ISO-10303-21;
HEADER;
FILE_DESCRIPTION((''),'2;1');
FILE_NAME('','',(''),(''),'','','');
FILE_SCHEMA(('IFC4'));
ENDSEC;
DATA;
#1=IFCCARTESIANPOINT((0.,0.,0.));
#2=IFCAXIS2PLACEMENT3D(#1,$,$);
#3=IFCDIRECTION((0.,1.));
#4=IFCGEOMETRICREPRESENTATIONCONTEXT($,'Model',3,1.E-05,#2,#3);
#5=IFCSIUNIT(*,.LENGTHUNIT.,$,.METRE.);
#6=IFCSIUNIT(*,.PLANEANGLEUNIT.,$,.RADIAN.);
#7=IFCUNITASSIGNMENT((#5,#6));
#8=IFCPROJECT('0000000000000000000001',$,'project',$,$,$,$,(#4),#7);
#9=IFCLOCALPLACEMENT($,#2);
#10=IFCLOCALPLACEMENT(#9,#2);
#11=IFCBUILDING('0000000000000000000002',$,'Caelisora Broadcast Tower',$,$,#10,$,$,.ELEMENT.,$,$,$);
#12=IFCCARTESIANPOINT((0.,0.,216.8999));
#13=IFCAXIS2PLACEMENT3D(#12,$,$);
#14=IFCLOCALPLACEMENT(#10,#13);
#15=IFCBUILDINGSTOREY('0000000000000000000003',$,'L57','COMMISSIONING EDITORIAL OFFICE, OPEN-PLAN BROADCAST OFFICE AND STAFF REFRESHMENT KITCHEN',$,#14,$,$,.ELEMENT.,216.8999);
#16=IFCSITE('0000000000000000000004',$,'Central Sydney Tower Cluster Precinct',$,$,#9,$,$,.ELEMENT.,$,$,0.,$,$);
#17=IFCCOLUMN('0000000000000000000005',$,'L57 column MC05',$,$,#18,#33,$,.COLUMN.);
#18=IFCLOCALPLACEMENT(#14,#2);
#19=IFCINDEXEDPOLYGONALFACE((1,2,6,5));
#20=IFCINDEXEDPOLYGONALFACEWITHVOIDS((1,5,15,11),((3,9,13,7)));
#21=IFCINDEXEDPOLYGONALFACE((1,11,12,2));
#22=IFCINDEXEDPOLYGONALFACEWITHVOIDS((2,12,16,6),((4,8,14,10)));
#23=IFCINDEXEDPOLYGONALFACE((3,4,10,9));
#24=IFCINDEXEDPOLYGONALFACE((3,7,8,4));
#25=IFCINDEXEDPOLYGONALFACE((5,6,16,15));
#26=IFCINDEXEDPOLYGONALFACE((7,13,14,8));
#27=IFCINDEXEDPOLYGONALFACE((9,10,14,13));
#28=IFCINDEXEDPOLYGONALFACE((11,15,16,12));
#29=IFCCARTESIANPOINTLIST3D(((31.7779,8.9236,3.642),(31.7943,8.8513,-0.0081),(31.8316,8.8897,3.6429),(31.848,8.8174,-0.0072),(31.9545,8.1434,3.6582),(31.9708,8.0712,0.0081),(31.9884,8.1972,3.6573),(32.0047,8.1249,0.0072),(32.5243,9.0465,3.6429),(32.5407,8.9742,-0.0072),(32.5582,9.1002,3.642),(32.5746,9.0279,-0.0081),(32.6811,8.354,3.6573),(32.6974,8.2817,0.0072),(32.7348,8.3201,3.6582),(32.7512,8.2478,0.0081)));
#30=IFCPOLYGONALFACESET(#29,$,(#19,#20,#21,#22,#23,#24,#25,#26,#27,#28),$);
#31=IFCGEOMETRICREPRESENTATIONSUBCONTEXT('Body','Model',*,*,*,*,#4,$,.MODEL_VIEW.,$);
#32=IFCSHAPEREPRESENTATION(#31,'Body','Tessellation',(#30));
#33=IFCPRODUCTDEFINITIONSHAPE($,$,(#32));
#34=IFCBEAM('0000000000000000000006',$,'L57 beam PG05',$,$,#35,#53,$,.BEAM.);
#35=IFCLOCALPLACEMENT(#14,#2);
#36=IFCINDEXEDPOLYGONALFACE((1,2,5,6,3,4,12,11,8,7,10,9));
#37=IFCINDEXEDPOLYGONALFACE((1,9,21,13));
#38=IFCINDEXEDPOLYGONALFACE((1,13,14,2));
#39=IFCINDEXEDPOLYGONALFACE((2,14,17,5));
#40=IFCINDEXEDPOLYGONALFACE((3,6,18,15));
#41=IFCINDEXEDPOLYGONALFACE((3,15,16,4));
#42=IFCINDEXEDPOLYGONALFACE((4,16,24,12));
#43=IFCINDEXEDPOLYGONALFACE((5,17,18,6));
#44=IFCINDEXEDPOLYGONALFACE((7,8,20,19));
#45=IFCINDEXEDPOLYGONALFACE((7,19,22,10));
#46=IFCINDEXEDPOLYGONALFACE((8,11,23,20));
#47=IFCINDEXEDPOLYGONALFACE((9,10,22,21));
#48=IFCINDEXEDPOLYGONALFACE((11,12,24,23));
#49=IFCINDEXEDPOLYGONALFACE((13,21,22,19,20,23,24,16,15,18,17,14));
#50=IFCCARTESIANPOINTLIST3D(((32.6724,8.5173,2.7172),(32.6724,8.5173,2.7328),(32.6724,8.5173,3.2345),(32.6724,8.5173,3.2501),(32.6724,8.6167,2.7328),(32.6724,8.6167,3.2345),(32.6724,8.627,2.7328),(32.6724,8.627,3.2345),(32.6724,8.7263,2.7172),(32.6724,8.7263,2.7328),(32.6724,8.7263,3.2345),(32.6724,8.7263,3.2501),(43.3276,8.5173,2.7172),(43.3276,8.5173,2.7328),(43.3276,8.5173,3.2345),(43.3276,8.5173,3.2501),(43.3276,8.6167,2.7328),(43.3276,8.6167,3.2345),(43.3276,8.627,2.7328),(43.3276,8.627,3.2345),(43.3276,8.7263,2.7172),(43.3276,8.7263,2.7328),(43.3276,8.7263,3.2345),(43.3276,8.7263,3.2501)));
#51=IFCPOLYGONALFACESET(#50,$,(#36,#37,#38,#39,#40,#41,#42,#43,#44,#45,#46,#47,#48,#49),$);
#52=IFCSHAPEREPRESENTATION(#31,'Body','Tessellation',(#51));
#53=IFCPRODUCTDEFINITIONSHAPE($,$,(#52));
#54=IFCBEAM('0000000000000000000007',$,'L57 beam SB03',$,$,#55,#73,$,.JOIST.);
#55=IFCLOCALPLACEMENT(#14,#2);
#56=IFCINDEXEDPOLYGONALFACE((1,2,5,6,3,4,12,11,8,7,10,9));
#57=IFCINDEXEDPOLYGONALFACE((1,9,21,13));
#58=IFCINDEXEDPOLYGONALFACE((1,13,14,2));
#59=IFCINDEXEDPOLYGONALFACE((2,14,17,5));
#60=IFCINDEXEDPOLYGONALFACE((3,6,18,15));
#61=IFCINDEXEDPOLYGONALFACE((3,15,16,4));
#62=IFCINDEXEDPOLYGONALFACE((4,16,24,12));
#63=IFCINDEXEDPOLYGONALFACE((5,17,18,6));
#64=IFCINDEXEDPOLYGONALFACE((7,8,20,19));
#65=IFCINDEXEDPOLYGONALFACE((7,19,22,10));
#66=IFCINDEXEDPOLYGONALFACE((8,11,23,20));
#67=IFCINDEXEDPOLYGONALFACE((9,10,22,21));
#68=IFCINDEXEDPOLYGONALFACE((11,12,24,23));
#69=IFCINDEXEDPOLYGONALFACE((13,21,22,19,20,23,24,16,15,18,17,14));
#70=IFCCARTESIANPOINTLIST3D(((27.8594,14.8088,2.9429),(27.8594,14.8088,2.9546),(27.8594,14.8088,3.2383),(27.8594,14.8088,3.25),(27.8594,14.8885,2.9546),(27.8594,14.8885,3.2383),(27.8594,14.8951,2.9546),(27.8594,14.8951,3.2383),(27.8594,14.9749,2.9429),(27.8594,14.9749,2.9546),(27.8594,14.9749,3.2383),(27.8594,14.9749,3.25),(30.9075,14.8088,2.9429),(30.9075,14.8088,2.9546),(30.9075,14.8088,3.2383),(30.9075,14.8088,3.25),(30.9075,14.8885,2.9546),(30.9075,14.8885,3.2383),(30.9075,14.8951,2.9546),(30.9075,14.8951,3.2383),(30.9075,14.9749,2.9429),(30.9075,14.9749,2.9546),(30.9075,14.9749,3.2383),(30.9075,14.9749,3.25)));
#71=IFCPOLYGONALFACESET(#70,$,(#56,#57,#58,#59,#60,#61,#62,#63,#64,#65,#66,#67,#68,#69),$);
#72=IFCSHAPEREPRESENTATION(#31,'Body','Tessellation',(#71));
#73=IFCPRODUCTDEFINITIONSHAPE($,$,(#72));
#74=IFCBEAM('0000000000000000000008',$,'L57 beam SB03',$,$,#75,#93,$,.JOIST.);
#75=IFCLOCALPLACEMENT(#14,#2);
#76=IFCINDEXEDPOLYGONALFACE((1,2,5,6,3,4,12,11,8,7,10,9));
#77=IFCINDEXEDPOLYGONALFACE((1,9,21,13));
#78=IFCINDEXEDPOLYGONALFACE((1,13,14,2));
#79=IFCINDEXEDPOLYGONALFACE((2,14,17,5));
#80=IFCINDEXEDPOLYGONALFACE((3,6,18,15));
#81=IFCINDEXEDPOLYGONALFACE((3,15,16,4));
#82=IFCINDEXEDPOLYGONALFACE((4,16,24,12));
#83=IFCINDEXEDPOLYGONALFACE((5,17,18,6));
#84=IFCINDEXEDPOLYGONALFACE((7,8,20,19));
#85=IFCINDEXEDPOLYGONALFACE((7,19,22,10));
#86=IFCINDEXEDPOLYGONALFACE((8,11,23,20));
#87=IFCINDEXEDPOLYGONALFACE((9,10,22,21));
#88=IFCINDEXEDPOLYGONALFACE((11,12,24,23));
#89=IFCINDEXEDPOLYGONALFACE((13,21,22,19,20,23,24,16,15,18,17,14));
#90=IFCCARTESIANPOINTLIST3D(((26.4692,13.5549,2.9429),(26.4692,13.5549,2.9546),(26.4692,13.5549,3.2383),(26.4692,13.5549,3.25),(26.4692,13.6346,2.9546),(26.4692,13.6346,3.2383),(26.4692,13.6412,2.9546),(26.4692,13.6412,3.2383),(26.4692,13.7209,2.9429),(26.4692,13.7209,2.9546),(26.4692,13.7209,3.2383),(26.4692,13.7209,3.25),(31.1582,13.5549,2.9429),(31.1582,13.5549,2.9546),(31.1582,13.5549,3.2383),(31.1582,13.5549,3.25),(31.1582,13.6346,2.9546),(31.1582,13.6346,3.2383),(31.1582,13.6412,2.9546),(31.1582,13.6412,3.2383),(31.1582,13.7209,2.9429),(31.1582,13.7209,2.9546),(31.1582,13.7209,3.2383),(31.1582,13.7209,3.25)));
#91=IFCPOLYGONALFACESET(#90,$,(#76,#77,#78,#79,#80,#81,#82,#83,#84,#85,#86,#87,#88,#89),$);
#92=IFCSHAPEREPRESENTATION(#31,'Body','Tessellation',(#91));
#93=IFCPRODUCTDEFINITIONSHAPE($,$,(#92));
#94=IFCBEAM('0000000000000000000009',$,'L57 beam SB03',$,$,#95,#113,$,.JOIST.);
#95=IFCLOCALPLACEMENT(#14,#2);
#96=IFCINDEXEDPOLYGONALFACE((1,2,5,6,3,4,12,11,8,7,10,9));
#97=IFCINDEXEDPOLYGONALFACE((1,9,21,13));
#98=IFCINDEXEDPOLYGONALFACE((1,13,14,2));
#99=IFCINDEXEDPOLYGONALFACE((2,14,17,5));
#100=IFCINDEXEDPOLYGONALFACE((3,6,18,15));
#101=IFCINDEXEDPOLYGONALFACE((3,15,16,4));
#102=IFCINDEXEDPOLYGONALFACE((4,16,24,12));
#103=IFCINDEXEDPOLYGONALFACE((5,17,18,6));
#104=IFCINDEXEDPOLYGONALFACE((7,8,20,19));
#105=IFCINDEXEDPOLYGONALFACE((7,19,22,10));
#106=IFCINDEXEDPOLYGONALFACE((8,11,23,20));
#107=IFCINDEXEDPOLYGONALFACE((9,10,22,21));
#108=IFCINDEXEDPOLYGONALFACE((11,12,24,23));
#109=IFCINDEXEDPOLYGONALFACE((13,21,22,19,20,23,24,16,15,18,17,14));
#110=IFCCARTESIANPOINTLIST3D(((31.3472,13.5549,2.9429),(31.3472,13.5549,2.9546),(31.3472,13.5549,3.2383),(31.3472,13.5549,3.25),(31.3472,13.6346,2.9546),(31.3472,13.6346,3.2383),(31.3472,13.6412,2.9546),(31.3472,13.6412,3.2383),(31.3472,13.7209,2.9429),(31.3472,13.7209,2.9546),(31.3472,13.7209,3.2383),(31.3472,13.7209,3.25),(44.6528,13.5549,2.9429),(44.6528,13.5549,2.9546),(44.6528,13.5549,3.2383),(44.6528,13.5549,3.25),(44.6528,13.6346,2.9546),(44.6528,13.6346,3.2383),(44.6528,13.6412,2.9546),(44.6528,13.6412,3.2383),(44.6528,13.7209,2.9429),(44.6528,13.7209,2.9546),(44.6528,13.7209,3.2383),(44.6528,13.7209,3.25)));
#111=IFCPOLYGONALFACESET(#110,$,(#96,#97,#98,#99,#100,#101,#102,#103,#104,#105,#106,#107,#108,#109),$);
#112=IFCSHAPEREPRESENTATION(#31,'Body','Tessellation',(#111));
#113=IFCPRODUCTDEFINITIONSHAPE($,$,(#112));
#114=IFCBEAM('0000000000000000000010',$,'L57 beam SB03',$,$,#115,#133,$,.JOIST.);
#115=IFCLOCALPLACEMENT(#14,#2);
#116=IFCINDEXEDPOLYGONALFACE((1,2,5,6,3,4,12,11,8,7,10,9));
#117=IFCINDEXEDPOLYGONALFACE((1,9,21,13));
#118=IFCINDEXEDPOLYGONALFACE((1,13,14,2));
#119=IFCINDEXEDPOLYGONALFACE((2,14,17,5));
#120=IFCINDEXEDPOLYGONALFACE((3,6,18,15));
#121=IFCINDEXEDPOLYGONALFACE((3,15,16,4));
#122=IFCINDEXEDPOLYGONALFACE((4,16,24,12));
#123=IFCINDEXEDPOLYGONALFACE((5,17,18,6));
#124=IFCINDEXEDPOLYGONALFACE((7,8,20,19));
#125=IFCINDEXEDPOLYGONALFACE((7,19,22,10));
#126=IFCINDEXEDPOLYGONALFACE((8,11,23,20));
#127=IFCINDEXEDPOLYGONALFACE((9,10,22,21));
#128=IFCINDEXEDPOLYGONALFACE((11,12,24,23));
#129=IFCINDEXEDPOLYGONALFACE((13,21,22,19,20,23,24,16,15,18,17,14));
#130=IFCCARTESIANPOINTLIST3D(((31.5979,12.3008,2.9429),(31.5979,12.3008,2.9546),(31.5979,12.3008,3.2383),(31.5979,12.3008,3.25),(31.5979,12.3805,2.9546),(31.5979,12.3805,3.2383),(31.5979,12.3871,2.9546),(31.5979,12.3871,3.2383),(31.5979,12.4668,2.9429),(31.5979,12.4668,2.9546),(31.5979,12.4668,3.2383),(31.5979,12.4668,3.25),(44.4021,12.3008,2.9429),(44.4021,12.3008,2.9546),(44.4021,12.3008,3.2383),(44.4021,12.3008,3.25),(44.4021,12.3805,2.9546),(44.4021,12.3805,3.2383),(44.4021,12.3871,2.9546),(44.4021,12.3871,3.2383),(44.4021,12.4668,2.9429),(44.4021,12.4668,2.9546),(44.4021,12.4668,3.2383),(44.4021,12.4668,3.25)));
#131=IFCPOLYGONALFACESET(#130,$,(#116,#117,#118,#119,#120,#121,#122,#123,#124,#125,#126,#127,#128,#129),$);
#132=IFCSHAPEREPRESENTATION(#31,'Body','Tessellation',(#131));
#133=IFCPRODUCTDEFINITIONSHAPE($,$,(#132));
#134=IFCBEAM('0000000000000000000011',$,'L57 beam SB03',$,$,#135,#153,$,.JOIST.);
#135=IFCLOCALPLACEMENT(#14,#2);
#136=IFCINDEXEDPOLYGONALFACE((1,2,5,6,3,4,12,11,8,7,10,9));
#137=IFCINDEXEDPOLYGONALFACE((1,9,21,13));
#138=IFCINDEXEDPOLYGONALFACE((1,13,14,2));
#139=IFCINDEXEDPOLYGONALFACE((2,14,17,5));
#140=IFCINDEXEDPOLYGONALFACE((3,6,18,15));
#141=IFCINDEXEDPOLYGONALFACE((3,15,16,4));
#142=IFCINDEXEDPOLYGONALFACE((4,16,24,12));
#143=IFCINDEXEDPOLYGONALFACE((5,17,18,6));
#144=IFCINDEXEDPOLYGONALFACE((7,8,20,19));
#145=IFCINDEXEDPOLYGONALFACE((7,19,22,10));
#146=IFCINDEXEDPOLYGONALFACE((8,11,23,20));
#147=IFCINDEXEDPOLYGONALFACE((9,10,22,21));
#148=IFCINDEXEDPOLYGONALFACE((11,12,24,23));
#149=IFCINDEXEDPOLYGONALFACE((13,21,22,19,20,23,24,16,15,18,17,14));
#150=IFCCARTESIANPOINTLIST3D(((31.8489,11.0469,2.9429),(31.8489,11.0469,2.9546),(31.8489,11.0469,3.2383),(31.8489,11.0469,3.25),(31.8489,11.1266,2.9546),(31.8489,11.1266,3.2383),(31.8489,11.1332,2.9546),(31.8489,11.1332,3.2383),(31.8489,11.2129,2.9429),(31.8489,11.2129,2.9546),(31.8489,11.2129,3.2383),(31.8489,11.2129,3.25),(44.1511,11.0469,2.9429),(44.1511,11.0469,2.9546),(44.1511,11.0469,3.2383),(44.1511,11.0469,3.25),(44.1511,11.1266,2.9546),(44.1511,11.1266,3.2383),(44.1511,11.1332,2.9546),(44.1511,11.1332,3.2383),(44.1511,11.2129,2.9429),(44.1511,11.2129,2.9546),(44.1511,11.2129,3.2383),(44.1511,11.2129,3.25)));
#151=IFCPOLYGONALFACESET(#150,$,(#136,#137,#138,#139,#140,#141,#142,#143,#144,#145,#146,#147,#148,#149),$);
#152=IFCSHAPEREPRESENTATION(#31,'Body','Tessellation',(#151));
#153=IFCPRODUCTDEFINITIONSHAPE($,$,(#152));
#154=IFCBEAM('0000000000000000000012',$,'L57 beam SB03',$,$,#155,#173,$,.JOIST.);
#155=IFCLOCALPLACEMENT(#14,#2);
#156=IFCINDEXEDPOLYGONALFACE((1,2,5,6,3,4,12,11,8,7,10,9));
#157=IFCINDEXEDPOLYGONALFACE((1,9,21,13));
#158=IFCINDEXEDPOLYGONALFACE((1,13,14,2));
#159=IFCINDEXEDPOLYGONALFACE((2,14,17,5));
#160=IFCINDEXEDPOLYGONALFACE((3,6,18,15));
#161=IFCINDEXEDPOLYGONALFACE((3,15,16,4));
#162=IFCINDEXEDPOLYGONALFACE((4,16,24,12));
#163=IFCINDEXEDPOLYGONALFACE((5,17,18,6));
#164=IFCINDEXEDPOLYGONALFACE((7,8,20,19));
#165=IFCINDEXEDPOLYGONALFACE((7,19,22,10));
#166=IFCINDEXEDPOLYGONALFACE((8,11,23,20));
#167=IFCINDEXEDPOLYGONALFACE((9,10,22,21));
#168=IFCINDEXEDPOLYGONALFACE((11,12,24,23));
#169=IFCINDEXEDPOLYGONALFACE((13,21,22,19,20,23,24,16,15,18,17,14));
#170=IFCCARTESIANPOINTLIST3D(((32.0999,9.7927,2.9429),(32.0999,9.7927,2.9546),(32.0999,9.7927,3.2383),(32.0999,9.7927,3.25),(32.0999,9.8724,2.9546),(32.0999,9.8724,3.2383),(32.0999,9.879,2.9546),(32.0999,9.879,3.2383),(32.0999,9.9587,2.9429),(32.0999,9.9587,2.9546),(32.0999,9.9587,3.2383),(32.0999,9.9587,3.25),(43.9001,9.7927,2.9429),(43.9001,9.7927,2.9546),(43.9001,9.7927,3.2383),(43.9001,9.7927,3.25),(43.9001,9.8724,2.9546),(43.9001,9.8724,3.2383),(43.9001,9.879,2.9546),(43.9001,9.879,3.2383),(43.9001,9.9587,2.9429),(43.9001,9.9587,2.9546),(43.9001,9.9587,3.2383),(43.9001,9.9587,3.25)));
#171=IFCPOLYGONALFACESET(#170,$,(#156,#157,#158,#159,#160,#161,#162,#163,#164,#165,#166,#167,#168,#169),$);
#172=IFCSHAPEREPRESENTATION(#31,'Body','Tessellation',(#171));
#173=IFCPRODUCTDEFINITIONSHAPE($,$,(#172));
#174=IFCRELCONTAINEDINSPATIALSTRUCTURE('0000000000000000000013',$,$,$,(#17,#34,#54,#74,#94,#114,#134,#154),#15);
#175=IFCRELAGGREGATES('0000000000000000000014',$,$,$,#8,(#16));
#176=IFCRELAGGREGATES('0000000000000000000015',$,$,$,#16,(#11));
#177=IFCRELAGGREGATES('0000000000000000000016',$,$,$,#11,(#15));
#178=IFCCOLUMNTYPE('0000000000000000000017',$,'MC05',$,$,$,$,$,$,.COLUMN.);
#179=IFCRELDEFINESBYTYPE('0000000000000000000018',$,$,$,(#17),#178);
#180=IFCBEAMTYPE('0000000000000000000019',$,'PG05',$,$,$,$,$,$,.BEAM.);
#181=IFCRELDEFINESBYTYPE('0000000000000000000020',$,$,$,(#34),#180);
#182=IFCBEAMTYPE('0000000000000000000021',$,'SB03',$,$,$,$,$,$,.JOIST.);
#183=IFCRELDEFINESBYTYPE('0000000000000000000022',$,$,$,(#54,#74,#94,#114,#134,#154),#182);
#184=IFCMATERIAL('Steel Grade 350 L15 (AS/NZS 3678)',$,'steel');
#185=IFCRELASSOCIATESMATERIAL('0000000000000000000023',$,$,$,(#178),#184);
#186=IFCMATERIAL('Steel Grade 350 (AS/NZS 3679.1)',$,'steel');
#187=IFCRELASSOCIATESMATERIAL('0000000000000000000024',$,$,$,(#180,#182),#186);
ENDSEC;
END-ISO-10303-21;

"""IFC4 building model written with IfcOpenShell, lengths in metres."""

from ifc_helpers import new_model, si_unit, direction, frame, origin, origin_2d, place, context, subcontext, project, spatial, hollow_rectangle, i_section, extrude, source, transform, mapped, material, material_profile, profile_set, type_object, type_shapes, element, save


model = new_model("IFC4")

# Units and contexts
model_context = context("Model", 3, precision=1e-05, world=origin(), true_north=direction((0.0, 1.0)))
body_context = subcontext(model_context, "Body", "Model", "MODEL_VIEW")
ifc_project = project(units=[si_unit("LENGTHUNIT", "METRE"), si_unit("PLANEANGLEUNIT", "RADIAN")], contexts=[model_context])

# Site, building, storey
site_placement = place(None, origin())
site = spatial("IfcSite", under=ifc_project, at=site_placement, Name="Central Sydney Tower Cluster Precinct", CompositionType="ELEMENT", RefElevation=0.0)
building_placement = place(site_placement, origin())
building = spatial("IfcBuilding", under=site, at=building_placement, Name="Caelisora Broadcast Tower", CompositionType="ELEMENT")
storey_placement = place(building_placement, frame((0.0, 0.0, 216.8999)))
storey = spatial("IfcBuildingStorey", under=building, at=storey_placement, Name="L57", Description="COMMISSIONING EDITORIAL OFFICE, OPEN-PLAN BROADCAST OFFICE AND STAFF REFRESHMENT KITCHEN", CompositionType="ELEMENT", Elevation=216.8999)

# Column
ifc_material_1 = material(Name="Steel Grade 350 L15 (AS/NZS 3678)", Category="steel")
ifc_material_profile_1 = material_profile(ifc_material_1, hollow_rectangle(XDim=0.8, YDim=0.8, WallThickness=0.0449, at=origin_2d()), Name="Steel Grade 350 L15 (AS/NZS 3678)")
ifc_profile_set_1 = profile_set([ifc_material_profile_1], Name="Steel Grade 350 L15 (AS/NZS 3678)")
column_type = type_object("IfcColumnType", Name="MC05", PredefinedType="COLUMN", material=ifc_profile_set_1)
shared_shape_1 = source(origin(), body_context, "Body", "SweptSolid", [
    extrude(hollow_rectangle(XDim=0.8, YDim=0.8, WallThickness=0.0449, at=origin_2d()), origin(), (0.0, 0.0, 1.0), 3.6509),
])
type_shapes(column_type, [shared_shape_1])
column_placement = place(storey_placement, frame((32.2727, 8.5496, 0.0), z_axis=(-0.00448, 0.019794, 0.999794), x_axis=(-0.975327, -0.220767, 0.0)))
element("IfcColumn", 1, at=column_placement, inside=storey, type_object=column_type, Name="L57 column MC05", PredefinedType="COLUMN", context=body_context, shape_type="MappedRepresentation", body=[
    mapped(shared_shape_1, transform((0.0, 0.0, 0.0), scale=1.0)),
])

# Beams
ifc_material_2 = material(Name="Steel Grade 350 (AS/NZS 3679.1)", Category="steel")
ifc_material_profile_2 = material_profile(ifc_material_2, i_section(OverallWidth=0.209, OverallDepth=0.533, WebThickness=0.0103, FlangeThickness=0.0156, at=origin_2d()), Name="Steel Grade 350 (AS/NZS 3679.1)")
ifc_profile_set_2 = profile_set([ifc_material_profile_2], Name="Steel Grade 350 (AS/NZS 3679.1)")
beam_type_1 = type_object("IfcBeamType", Name="PG05", PredefinedType="BEAM", material=ifc_profile_set_2)
shared_shape_2 = source(origin(), body_context, "Body", "SweptSolid", [
    extrude(i_section(OverallWidth=0.209, OverallDepth=0.533, WebThickness=0.0103, FlangeThickness=0.0156, at=origin_2d()), origin(), (0.0, 0.0, 1.0), 10.6553),
])
type_shapes(beam_type_1, [shared_shape_2])
beam_1_placement = place(storey_placement, frame((32.6724, 8.6218, 2.9836), z_axis=(1.0, 0.0, 0.0), x_axis=(0.0, 1.0, 0.0)))
element("IfcBeam", 2, at=beam_1_placement, inside=storey, type_object=beam_type_1, Name="L57 beam PG05", PredefinedType="BEAM", context=body_context, shape_type="MappedRepresentation", body=[
    mapped(shared_shape_2, transform((0.0, 0.0, 0.0), scale=1.0)),
])
ifc_material_profile_3 = material_profile(ifc_material_2, i_section(OverallWidth=0.166, OverallDepth=0.3071, WebThickness=0.0066, FlangeThickness=0.0117, at=origin_2d()), Name="Steel Grade 350 (AS/NZS 3679.1)")
ifc_profile_set_3 = profile_set([ifc_material_profile_3], Name="Steel Grade 350 (AS/NZS 3679.1)")
beam_type_2 = type_object("IfcBeamType", Name="SB03", PredefinedType="JOIST", material=ifc_profile_set_3)
shared_shape_3 = source(origin(), body_context, "Body", "SweptSolid", [
    extrude(i_section(OverallWidth=0.166, OverallDepth=0.3071, WebThickness=0.0066, FlangeThickness=0.0117, at=origin_2d()), origin(), (0.0, 0.0, 1.0), 3.0481),
])
beam_2_placement = place(storey_placement, frame((27.8594, 14.8918, 3.0964), z_axis=(1.0, 0.0, 0.0), x_axis=(0.0, 1.0, 0.0)))
element("IfcBeam", 3, at=beam_2_placement, inside=storey, type_object=beam_type_2, Name="L57 beam SB03", PredefinedType="JOIST", context=body_context, shape_type="MappedRepresentation", body=[
    mapped(shared_shape_3, transform((0.0, 0.0, 0.0), scale=1.0)),
])
shared_shape_4 = source(origin(), body_context, "Body", "SweptSolid", [
    extrude(i_section(OverallWidth=0.166, OverallDepth=0.3071, WebThickness=0.0066, FlangeThickness=0.0117, at=origin_2d()), origin(), (0.0, 0.0, 1.0), 4.689),
])
beam_3_placement = place(storey_placement, frame((26.4692, 13.6379, 3.0964), z_axis=(1.0, 0.0, 0.0), x_axis=(0.0, 1.0, 0.0)))
element("IfcBeam", 4, at=beam_3_placement, inside=storey, type_object=beam_type_2, Name="L57 beam SB03", PredefinedType="JOIST", context=body_context, shape_type="MappedRepresentation", body=[
    mapped(shared_shape_4, transform((0.0, 0.0, 0.0), scale=1.0)),
])
shared_shape_5 = source(origin(), body_context, "Body", "SweptSolid", [
    extrude(i_section(OverallWidth=0.166, OverallDepth=0.3071, WebThickness=0.0066, FlangeThickness=0.0117, at=origin_2d()), origin(), (0.0, 0.0, 1.0), 13.3057),
])
beam_4_placement = place(storey_placement, frame((31.3472, 13.6379, 3.0964), z_axis=(1.0, 0.0, 0.0), x_axis=(0.0, 1.0, 0.0)))
element("IfcBeam", 5, at=beam_4_placement, inside=storey, type_object=beam_type_2, Name="L57 beam SB03", PredefinedType="JOIST", context=body_context, shape_type="MappedRepresentation", body=[
    mapped(shared_shape_5, transform((0.0, 0.0, 0.0), scale=1.0)),
])
shared_shape_6 = source(origin(), body_context, "Body", "SweptSolid", [
    extrude(i_section(OverallWidth=0.166, OverallDepth=0.3071, WebThickness=0.0066, FlangeThickness=0.0117, at=origin_2d()), origin(), (0.0, 0.0, 1.0), 12.8042),
])
beam_5_placement = place(storey_placement, frame((31.5979, 12.3838, 3.0964), z_axis=(1.0, 0.0, 0.0), x_axis=(0.0, 1.0, 0.0)))
element("IfcBeam", 6, at=beam_5_placement, inside=storey, type_object=beam_type_2, Name="L57 beam SB03", PredefinedType="JOIST", context=body_context, shape_type="MappedRepresentation", body=[
    mapped(shared_shape_6, transform((0.0, 0.0, 0.0), scale=1.0)),
])
shared_shape_7 = source(origin(), body_context, "Body", "SweptSolid", [
    extrude(i_section(OverallWidth=0.166, OverallDepth=0.3071, WebThickness=0.0066, FlangeThickness=0.0117, at=origin_2d()), origin(), (0.0, 0.0, 1.0), 12.3022),
])
beam_6_placement = place(storey_placement, frame((31.8489, 11.1299, 3.0964), z_axis=(1.0, 0.0, 0.0), x_axis=(0.0, 1.0, 0.0)))
element("IfcBeam", 7, at=beam_6_placement, inside=storey, type_object=beam_type_2, Name="L57 beam SB03", PredefinedType="JOIST", context=body_context, shape_type="MappedRepresentation", body=[
    mapped(shared_shape_7, transform((0.0, 0.0, 0.0), scale=1.0)),
])
shared_shape_8 = source(origin(), body_context, "Body", "SweptSolid", [
    extrude(i_section(OverallWidth=0.166, OverallDepth=0.3071, WebThickness=0.0066, FlangeThickness=0.0117, at=origin_2d()), origin(), (0.0, 0.0, 1.0), 11.8003),
])
type_shapes(beam_type_2, [shared_shape_3, shared_shape_4, shared_shape_5, shared_shape_6, shared_shape_7, shared_shape_8])
beam_7_placement = place(storey_placement, frame((32.0999, 9.8757, 3.0964), z_axis=(1.0, 0.0, 0.0), x_axis=(0.0, 1.0, 0.0)))
element("IfcBeam", 8, at=beam_7_placement, inside=storey, type_object=beam_type_2, Name="L57 beam SB03", PredefinedType="JOIST", context=body_context, shape_type="MappedRepresentation", body=[
    mapped(shared_shape_8, transform((0.0, 0.0, 0.0), scale=1.0)),
])

save(model, "model.ifc")
